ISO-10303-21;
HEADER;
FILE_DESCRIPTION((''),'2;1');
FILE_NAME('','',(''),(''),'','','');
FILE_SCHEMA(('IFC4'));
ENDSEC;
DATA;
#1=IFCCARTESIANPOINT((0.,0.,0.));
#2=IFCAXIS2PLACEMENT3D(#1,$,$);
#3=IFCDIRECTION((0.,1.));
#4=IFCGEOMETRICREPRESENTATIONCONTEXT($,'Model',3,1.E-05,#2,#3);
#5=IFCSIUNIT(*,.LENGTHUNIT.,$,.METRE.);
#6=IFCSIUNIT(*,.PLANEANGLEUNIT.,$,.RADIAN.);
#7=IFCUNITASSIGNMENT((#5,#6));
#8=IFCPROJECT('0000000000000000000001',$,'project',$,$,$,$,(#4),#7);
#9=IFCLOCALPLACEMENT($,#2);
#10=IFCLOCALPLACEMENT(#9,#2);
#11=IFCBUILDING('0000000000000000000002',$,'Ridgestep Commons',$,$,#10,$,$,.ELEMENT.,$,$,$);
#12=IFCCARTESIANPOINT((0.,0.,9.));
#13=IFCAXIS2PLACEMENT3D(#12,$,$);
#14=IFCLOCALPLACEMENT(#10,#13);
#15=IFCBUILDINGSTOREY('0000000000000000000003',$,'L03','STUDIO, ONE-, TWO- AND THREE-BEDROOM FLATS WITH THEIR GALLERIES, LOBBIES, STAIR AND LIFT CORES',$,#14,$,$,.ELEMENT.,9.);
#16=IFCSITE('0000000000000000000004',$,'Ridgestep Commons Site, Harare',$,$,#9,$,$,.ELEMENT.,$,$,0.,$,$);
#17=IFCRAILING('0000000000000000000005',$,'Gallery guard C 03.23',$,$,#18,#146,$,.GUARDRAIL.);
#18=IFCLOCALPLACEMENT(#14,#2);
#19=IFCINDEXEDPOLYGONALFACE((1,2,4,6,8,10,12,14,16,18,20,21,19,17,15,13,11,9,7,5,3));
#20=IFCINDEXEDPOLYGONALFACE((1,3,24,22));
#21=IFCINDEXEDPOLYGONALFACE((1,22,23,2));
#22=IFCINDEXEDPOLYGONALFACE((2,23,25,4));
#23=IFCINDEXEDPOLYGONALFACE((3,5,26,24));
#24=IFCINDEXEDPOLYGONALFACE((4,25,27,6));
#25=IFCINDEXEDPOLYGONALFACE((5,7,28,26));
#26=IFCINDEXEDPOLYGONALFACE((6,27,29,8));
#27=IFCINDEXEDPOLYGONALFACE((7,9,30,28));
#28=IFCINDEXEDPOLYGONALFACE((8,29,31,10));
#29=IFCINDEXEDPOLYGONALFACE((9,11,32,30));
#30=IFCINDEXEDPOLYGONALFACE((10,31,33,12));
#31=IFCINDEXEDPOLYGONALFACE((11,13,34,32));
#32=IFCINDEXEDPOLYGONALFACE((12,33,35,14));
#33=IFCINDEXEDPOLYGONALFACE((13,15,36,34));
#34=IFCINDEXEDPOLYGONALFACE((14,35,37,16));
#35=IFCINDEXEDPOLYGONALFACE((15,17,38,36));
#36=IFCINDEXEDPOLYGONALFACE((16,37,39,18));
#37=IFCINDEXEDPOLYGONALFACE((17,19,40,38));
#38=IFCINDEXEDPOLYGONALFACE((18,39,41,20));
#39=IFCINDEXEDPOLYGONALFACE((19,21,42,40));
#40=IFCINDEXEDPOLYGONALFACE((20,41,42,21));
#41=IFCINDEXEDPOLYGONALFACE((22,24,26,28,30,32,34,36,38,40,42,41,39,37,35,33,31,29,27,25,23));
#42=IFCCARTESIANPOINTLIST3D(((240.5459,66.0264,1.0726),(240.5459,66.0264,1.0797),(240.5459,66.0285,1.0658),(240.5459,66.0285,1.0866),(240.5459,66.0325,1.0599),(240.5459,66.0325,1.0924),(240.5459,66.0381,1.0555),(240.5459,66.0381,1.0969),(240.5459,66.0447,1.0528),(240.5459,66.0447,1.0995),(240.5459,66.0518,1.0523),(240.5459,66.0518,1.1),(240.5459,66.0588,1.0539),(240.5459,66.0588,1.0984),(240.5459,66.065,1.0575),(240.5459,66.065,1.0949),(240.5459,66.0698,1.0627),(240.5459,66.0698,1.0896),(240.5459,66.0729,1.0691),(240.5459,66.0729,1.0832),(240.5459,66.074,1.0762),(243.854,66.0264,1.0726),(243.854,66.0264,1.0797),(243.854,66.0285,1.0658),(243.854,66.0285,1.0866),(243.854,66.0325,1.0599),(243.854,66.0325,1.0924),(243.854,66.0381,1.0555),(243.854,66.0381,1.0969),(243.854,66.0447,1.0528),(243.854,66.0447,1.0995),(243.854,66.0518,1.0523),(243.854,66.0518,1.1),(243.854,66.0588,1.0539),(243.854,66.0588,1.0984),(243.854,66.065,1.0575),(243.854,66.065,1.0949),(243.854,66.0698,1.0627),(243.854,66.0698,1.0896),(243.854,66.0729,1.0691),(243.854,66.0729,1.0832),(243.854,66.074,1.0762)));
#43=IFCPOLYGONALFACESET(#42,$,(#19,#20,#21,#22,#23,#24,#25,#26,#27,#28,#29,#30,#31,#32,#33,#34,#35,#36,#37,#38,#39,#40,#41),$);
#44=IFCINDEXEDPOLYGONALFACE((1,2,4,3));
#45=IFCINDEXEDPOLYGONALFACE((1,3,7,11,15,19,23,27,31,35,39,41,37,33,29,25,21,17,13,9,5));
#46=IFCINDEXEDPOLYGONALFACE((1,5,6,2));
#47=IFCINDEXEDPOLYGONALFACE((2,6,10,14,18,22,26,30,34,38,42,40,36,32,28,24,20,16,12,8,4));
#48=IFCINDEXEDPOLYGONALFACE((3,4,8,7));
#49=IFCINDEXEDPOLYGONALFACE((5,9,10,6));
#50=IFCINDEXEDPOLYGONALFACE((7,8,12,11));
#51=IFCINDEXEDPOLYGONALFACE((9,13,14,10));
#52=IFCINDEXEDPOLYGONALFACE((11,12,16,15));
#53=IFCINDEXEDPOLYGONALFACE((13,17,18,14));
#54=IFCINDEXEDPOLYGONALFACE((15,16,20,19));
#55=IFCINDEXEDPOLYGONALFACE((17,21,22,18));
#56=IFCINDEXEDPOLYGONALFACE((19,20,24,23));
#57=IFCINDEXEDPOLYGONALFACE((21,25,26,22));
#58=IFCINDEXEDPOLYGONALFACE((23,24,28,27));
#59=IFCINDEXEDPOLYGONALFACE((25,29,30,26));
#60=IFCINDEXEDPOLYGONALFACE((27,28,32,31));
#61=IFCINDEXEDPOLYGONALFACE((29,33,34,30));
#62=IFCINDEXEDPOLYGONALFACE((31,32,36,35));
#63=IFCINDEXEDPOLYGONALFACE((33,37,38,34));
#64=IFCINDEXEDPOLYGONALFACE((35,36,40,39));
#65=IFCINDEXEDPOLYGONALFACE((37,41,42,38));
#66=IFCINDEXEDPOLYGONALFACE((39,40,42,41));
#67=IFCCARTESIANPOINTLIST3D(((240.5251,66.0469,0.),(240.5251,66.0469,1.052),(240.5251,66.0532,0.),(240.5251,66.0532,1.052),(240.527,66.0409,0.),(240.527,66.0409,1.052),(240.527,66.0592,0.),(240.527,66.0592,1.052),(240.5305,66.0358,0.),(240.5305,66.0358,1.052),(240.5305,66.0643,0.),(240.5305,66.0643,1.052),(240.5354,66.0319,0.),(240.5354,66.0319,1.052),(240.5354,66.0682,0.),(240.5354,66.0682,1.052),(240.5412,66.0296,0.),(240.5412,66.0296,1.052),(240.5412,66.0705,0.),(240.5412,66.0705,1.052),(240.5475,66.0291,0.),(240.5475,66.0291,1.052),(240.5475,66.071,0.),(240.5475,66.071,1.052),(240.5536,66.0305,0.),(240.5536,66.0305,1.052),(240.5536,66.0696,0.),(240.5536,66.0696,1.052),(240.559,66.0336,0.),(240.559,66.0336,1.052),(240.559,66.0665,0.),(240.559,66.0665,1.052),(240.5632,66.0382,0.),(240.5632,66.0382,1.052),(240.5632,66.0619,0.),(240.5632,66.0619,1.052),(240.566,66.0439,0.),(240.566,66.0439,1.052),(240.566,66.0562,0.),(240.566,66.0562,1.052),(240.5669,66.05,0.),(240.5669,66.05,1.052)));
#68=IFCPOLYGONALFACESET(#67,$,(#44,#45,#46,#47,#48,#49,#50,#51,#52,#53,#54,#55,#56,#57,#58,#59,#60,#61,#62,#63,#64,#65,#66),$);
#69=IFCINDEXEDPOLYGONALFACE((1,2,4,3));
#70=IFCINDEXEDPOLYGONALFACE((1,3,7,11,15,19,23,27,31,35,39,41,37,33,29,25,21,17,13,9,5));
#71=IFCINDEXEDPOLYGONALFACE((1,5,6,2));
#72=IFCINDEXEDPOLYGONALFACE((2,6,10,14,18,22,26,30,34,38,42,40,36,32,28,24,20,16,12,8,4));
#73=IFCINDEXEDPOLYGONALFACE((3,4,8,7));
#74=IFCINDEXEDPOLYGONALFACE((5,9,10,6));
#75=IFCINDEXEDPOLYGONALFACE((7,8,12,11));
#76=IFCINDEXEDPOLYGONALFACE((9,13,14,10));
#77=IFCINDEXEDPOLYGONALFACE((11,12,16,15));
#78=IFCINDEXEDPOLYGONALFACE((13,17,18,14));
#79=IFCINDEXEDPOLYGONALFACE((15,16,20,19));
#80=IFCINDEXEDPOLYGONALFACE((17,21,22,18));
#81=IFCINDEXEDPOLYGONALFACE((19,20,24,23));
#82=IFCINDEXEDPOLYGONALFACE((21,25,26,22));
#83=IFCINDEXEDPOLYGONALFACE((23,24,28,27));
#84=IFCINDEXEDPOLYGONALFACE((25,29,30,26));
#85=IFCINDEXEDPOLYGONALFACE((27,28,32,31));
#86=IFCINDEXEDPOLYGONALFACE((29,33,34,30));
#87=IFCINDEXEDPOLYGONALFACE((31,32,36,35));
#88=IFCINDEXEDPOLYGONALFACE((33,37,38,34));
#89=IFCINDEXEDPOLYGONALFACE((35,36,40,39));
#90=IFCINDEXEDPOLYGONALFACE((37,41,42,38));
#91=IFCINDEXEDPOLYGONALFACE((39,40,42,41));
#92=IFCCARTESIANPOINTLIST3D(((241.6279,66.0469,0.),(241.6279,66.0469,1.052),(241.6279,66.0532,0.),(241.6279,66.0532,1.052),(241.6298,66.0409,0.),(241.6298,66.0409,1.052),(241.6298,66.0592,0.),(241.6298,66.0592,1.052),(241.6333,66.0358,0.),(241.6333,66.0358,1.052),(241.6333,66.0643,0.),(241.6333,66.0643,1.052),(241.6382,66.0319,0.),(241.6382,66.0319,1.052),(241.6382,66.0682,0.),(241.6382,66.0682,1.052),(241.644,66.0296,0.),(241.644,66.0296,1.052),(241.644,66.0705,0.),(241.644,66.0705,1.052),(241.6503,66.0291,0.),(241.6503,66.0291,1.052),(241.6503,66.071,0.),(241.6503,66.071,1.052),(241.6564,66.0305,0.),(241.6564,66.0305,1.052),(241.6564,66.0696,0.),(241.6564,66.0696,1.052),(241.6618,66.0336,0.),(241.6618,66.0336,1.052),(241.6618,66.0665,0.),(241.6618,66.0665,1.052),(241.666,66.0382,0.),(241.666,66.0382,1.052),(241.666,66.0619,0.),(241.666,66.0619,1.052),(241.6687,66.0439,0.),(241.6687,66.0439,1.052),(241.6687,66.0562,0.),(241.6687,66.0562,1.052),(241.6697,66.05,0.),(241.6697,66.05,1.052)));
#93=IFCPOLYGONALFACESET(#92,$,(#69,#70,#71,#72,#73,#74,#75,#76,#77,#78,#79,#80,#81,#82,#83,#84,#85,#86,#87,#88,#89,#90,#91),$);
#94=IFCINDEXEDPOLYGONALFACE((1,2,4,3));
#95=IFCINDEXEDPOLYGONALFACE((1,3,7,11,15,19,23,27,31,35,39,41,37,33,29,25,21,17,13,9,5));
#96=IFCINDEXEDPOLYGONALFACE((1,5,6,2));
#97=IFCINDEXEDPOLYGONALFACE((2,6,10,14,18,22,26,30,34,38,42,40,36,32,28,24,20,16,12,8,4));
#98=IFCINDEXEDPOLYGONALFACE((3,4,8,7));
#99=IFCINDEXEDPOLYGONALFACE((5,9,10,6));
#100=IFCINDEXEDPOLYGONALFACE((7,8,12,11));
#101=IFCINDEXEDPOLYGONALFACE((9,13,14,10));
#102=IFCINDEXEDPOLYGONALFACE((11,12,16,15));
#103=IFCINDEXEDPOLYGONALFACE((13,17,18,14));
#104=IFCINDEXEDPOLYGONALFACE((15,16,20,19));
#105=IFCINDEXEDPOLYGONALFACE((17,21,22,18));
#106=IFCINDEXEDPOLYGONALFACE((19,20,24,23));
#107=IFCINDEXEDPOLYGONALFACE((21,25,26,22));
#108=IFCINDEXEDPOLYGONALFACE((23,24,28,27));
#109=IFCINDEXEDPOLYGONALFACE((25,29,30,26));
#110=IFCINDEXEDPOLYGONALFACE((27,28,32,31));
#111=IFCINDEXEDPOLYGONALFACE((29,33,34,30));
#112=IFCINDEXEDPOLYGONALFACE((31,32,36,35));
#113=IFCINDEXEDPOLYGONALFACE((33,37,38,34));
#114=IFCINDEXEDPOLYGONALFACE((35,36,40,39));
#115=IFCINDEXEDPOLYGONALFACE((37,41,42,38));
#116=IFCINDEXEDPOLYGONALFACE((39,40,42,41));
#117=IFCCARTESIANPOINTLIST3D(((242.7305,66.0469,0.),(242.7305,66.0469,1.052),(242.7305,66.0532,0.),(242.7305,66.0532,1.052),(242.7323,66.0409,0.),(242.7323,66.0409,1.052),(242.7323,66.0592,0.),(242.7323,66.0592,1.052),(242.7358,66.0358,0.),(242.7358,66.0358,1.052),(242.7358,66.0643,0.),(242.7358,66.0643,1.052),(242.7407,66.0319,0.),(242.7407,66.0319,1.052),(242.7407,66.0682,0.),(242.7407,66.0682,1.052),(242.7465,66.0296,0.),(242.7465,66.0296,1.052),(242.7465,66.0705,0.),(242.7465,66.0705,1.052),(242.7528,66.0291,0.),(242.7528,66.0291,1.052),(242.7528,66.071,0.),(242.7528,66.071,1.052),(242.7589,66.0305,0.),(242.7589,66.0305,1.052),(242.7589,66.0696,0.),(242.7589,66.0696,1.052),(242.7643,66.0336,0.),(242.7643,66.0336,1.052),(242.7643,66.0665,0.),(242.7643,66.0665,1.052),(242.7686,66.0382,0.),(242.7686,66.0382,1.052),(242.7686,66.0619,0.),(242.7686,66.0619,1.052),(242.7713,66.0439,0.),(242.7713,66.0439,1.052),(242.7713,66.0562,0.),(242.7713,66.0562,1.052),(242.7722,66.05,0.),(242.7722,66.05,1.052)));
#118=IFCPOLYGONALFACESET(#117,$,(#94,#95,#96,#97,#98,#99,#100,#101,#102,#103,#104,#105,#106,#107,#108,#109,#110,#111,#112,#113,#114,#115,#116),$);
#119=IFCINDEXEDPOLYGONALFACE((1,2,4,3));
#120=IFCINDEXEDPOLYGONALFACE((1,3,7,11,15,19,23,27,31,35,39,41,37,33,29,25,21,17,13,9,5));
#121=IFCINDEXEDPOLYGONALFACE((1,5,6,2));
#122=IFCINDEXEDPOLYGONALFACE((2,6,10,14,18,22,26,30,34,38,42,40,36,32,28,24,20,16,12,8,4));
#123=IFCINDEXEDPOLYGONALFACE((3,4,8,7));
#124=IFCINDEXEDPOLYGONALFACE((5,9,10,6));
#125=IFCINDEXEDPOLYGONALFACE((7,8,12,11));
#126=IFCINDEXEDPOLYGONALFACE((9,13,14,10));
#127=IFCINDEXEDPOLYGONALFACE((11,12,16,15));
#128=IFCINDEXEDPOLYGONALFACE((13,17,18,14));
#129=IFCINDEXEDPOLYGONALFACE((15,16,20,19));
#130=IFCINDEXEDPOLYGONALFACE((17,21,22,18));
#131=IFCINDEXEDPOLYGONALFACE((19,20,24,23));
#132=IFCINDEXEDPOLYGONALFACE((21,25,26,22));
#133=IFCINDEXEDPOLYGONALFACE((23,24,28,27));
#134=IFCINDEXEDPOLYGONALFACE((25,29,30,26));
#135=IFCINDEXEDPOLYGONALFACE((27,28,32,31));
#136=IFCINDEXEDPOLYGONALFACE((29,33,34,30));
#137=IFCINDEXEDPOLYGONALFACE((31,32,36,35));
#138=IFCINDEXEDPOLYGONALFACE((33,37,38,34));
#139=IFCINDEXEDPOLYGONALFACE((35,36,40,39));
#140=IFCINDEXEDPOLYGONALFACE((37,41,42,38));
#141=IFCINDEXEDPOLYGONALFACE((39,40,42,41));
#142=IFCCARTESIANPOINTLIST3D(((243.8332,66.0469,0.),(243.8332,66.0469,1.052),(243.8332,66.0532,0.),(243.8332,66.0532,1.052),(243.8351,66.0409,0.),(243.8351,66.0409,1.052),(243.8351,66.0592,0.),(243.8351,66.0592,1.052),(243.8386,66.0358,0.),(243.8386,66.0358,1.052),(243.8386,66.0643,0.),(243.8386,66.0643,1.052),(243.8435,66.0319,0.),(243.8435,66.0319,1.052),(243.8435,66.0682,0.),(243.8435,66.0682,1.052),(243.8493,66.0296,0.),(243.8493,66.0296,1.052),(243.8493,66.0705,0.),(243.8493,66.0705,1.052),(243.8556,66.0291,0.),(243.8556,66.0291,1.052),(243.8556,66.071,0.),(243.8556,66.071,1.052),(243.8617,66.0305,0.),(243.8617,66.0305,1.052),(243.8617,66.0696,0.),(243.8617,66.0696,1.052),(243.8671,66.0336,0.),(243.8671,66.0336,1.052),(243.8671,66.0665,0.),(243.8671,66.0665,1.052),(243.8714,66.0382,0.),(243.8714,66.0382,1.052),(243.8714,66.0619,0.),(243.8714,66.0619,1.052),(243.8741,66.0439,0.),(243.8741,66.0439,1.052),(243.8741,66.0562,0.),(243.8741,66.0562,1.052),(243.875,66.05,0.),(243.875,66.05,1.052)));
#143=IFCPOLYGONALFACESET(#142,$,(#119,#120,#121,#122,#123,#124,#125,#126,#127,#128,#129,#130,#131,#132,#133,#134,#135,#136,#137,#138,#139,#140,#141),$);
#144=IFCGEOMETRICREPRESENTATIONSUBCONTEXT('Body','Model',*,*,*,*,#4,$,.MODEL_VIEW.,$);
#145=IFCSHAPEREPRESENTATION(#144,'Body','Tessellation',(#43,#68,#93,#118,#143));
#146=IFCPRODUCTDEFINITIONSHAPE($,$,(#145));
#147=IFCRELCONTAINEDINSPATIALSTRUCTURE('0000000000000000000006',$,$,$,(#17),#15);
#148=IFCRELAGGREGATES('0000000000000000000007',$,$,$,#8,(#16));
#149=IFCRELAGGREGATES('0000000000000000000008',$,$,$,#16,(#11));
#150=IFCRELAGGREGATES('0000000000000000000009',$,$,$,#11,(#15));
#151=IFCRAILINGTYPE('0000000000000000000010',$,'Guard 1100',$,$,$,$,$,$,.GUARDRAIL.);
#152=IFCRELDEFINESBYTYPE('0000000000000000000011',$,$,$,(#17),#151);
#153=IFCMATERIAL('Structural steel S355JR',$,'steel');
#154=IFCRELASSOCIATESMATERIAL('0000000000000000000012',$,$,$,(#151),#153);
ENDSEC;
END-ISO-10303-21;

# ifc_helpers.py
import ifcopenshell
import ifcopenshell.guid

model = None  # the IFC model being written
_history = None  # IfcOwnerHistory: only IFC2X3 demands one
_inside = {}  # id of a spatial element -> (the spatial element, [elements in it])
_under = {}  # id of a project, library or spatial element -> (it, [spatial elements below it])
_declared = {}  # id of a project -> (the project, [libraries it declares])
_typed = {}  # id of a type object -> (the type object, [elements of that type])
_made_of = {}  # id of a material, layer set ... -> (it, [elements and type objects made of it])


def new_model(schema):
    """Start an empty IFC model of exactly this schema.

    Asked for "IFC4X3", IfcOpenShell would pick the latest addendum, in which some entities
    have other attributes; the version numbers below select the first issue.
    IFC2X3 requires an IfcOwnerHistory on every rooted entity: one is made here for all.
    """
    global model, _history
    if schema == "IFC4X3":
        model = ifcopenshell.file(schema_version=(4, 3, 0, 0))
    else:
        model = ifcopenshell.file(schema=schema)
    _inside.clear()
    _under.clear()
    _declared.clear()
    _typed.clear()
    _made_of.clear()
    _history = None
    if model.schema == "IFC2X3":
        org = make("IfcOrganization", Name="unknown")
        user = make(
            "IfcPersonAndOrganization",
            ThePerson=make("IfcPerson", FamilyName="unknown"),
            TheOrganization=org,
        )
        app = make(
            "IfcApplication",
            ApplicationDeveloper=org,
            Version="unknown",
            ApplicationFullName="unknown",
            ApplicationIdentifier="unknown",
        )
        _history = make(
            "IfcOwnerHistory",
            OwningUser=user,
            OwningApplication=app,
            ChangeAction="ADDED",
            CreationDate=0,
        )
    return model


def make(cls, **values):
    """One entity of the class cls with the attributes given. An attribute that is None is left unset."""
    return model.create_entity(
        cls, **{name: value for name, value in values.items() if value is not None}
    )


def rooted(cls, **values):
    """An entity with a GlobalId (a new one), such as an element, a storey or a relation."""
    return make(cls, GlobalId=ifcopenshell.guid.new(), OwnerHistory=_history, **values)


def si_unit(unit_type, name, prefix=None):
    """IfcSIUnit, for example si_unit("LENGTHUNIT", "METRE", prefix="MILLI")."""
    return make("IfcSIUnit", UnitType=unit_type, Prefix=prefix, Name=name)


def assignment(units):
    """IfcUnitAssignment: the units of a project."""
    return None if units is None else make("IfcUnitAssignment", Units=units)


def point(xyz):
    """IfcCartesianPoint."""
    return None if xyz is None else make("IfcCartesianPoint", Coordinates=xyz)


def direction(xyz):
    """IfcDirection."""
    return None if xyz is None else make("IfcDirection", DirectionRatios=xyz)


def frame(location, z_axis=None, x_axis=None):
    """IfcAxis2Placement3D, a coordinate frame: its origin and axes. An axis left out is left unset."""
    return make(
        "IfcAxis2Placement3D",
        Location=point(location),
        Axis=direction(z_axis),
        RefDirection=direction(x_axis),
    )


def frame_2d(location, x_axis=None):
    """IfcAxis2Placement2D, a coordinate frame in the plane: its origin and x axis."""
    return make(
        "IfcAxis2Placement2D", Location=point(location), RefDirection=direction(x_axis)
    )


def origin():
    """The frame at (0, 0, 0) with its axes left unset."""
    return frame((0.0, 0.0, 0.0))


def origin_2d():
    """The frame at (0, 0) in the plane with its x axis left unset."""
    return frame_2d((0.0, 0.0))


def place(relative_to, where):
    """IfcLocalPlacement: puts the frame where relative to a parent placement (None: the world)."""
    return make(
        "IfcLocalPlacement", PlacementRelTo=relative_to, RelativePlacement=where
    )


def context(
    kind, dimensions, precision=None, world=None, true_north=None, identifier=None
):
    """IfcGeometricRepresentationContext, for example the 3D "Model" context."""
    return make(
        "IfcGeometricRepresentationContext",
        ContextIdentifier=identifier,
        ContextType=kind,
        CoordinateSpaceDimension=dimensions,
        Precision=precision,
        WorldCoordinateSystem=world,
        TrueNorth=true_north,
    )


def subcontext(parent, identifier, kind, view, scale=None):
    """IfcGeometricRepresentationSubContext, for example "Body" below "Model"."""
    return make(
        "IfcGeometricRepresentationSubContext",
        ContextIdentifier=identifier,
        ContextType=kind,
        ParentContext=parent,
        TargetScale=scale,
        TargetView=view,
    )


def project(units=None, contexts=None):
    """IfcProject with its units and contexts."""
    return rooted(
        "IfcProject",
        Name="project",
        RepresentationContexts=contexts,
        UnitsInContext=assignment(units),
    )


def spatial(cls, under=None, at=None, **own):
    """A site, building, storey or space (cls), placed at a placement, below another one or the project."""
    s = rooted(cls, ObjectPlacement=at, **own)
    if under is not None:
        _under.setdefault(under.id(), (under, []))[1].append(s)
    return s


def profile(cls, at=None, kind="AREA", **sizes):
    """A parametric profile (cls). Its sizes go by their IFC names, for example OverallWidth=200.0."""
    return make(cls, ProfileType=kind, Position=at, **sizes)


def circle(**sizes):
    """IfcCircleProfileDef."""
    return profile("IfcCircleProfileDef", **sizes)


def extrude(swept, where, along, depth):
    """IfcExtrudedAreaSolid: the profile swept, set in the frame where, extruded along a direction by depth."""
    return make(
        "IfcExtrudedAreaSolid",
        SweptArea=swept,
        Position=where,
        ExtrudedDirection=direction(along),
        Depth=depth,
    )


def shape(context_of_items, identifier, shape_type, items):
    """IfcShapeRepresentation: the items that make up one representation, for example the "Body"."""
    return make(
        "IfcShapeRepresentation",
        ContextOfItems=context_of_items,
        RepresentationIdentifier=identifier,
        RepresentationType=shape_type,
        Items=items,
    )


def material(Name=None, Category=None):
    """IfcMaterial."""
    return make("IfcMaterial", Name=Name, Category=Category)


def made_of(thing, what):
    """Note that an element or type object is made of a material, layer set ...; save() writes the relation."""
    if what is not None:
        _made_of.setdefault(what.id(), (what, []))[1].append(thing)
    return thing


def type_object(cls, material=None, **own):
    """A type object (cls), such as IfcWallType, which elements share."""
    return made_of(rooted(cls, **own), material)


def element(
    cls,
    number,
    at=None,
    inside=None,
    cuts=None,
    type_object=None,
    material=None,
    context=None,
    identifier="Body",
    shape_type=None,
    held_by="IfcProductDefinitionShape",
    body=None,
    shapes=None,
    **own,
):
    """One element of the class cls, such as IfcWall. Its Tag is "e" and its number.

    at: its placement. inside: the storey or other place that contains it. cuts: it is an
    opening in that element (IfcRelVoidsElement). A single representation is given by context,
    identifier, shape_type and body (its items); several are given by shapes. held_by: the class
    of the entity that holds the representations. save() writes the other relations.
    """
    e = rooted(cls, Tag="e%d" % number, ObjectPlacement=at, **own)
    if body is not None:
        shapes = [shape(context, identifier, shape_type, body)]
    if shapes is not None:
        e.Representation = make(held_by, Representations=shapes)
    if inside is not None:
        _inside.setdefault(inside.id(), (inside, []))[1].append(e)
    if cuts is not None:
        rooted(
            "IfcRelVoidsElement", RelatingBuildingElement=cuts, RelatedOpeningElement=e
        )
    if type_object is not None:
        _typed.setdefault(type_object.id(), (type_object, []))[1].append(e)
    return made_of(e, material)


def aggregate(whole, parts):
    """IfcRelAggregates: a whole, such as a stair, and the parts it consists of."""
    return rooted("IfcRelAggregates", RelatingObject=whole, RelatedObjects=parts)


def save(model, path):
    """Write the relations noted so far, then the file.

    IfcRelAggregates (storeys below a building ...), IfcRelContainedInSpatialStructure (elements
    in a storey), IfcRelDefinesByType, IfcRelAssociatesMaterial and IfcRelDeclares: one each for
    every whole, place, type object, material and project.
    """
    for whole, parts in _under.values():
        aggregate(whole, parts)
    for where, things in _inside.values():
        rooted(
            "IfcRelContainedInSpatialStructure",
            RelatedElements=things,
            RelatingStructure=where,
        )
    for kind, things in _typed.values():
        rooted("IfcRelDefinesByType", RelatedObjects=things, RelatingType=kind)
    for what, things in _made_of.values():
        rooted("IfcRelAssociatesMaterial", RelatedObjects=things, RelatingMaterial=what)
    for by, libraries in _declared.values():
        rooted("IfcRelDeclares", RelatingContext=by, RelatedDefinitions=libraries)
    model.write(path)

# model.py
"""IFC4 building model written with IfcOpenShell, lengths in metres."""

from ifc_helpers import new_model, si_unit, direction, frame, origin, origin_2d, place, context, subcontext, project, spatial, circle, extrude, material, type_object, element, save


model = new_model("IFC4")

# Units and contexts
model_context = context("Model", 3, precision=1e-05, world=origin(), true_north=direction((0.0, 1.0)))
body_context = subcontext(model_context, "Body", "Model", "MODEL_VIEW")
ifc_project = project(units=[si_unit("LENGTHUNIT", "METRE"), si_unit("PLANEANGLEUNIT", "RADIAN")], contexts=[model_context])

# Site, building, storey
site_placement = place(None, origin())
site = spatial("IfcSite", under=ifc_project, at=site_placement, Name="Ridgestep Commons Site, Harare", CompositionType="ELEMENT", RefElevation=0.0)
building_placement = place(site_placement, origin())
building = spatial("IfcBuilding", under=site, at=building_placement, Name="Ridgestep Commons", CompositionType="ELEMENT")
storey_placement = place(building_placement, frame((0.0, 0.0, 9.0)))
storey = spatial("IfcBuildingStorey", under=building, at=storey_placement, Name="L03", Description="STUDIO, ONE-, TWO- AND THREE-BEDROOM FLATS WITH THEIR GALLERIES, LOBBIES, STAIR AND LIFT CORES", CompositionType="ELEMENT", Elevation=9.0)

# Railing
ifc_material_1 = material(Name="Structural steel S355JR", Category="steel")
railing_type = type_object("IfcRailingType", Name="Guard 1100", PredefinedType="GUARDRAIL", material=ifc_material_1)
railing_1_placement = place(storey_placement, frame((240.5459, 66.05, 0.0)))
element("IfcRailing", 1, at=railing_1_placement, inside=storey, type_object=railing_type, Name="Gallery guard C 03.23", PredefinedType="GUARDRAIL", context=body_context, shape_type="SweptSolid", body=[
    extrude(circle(Radius=0.0239, at=origin_2d()), frame((0.0, 0.0, 1.0762), z_axis=(1.0, 0.0, 0.0), x_axis=(0.0, 1.0, 0.0)), (0.0, 0.0, 1.0), 3.3081),
    extrude(circle(Radius=0.021, at=origin_2d()), origin(), (0.0, 0.0, 1.0), 1.052),
    extrude(circle(Radius=0.021, at=origin_2d()), frame((1.1028, 0.0, 0.0)), (0.0, 0.0, 1.0), 1.052),
    extrude(circle(Radius=0.021, at=origin_2d()), frame((2.2053, 0.0, 0.0)), (0.0, 0.0, 1.0), 1.052),
    extrude(circle(Radius=0.021, at=origin_2d()), frame((3.3081, 0.0, 0.0)), (0.0, 0.0, 1.0), 1.052),
])

save(model, "model.ifc")
